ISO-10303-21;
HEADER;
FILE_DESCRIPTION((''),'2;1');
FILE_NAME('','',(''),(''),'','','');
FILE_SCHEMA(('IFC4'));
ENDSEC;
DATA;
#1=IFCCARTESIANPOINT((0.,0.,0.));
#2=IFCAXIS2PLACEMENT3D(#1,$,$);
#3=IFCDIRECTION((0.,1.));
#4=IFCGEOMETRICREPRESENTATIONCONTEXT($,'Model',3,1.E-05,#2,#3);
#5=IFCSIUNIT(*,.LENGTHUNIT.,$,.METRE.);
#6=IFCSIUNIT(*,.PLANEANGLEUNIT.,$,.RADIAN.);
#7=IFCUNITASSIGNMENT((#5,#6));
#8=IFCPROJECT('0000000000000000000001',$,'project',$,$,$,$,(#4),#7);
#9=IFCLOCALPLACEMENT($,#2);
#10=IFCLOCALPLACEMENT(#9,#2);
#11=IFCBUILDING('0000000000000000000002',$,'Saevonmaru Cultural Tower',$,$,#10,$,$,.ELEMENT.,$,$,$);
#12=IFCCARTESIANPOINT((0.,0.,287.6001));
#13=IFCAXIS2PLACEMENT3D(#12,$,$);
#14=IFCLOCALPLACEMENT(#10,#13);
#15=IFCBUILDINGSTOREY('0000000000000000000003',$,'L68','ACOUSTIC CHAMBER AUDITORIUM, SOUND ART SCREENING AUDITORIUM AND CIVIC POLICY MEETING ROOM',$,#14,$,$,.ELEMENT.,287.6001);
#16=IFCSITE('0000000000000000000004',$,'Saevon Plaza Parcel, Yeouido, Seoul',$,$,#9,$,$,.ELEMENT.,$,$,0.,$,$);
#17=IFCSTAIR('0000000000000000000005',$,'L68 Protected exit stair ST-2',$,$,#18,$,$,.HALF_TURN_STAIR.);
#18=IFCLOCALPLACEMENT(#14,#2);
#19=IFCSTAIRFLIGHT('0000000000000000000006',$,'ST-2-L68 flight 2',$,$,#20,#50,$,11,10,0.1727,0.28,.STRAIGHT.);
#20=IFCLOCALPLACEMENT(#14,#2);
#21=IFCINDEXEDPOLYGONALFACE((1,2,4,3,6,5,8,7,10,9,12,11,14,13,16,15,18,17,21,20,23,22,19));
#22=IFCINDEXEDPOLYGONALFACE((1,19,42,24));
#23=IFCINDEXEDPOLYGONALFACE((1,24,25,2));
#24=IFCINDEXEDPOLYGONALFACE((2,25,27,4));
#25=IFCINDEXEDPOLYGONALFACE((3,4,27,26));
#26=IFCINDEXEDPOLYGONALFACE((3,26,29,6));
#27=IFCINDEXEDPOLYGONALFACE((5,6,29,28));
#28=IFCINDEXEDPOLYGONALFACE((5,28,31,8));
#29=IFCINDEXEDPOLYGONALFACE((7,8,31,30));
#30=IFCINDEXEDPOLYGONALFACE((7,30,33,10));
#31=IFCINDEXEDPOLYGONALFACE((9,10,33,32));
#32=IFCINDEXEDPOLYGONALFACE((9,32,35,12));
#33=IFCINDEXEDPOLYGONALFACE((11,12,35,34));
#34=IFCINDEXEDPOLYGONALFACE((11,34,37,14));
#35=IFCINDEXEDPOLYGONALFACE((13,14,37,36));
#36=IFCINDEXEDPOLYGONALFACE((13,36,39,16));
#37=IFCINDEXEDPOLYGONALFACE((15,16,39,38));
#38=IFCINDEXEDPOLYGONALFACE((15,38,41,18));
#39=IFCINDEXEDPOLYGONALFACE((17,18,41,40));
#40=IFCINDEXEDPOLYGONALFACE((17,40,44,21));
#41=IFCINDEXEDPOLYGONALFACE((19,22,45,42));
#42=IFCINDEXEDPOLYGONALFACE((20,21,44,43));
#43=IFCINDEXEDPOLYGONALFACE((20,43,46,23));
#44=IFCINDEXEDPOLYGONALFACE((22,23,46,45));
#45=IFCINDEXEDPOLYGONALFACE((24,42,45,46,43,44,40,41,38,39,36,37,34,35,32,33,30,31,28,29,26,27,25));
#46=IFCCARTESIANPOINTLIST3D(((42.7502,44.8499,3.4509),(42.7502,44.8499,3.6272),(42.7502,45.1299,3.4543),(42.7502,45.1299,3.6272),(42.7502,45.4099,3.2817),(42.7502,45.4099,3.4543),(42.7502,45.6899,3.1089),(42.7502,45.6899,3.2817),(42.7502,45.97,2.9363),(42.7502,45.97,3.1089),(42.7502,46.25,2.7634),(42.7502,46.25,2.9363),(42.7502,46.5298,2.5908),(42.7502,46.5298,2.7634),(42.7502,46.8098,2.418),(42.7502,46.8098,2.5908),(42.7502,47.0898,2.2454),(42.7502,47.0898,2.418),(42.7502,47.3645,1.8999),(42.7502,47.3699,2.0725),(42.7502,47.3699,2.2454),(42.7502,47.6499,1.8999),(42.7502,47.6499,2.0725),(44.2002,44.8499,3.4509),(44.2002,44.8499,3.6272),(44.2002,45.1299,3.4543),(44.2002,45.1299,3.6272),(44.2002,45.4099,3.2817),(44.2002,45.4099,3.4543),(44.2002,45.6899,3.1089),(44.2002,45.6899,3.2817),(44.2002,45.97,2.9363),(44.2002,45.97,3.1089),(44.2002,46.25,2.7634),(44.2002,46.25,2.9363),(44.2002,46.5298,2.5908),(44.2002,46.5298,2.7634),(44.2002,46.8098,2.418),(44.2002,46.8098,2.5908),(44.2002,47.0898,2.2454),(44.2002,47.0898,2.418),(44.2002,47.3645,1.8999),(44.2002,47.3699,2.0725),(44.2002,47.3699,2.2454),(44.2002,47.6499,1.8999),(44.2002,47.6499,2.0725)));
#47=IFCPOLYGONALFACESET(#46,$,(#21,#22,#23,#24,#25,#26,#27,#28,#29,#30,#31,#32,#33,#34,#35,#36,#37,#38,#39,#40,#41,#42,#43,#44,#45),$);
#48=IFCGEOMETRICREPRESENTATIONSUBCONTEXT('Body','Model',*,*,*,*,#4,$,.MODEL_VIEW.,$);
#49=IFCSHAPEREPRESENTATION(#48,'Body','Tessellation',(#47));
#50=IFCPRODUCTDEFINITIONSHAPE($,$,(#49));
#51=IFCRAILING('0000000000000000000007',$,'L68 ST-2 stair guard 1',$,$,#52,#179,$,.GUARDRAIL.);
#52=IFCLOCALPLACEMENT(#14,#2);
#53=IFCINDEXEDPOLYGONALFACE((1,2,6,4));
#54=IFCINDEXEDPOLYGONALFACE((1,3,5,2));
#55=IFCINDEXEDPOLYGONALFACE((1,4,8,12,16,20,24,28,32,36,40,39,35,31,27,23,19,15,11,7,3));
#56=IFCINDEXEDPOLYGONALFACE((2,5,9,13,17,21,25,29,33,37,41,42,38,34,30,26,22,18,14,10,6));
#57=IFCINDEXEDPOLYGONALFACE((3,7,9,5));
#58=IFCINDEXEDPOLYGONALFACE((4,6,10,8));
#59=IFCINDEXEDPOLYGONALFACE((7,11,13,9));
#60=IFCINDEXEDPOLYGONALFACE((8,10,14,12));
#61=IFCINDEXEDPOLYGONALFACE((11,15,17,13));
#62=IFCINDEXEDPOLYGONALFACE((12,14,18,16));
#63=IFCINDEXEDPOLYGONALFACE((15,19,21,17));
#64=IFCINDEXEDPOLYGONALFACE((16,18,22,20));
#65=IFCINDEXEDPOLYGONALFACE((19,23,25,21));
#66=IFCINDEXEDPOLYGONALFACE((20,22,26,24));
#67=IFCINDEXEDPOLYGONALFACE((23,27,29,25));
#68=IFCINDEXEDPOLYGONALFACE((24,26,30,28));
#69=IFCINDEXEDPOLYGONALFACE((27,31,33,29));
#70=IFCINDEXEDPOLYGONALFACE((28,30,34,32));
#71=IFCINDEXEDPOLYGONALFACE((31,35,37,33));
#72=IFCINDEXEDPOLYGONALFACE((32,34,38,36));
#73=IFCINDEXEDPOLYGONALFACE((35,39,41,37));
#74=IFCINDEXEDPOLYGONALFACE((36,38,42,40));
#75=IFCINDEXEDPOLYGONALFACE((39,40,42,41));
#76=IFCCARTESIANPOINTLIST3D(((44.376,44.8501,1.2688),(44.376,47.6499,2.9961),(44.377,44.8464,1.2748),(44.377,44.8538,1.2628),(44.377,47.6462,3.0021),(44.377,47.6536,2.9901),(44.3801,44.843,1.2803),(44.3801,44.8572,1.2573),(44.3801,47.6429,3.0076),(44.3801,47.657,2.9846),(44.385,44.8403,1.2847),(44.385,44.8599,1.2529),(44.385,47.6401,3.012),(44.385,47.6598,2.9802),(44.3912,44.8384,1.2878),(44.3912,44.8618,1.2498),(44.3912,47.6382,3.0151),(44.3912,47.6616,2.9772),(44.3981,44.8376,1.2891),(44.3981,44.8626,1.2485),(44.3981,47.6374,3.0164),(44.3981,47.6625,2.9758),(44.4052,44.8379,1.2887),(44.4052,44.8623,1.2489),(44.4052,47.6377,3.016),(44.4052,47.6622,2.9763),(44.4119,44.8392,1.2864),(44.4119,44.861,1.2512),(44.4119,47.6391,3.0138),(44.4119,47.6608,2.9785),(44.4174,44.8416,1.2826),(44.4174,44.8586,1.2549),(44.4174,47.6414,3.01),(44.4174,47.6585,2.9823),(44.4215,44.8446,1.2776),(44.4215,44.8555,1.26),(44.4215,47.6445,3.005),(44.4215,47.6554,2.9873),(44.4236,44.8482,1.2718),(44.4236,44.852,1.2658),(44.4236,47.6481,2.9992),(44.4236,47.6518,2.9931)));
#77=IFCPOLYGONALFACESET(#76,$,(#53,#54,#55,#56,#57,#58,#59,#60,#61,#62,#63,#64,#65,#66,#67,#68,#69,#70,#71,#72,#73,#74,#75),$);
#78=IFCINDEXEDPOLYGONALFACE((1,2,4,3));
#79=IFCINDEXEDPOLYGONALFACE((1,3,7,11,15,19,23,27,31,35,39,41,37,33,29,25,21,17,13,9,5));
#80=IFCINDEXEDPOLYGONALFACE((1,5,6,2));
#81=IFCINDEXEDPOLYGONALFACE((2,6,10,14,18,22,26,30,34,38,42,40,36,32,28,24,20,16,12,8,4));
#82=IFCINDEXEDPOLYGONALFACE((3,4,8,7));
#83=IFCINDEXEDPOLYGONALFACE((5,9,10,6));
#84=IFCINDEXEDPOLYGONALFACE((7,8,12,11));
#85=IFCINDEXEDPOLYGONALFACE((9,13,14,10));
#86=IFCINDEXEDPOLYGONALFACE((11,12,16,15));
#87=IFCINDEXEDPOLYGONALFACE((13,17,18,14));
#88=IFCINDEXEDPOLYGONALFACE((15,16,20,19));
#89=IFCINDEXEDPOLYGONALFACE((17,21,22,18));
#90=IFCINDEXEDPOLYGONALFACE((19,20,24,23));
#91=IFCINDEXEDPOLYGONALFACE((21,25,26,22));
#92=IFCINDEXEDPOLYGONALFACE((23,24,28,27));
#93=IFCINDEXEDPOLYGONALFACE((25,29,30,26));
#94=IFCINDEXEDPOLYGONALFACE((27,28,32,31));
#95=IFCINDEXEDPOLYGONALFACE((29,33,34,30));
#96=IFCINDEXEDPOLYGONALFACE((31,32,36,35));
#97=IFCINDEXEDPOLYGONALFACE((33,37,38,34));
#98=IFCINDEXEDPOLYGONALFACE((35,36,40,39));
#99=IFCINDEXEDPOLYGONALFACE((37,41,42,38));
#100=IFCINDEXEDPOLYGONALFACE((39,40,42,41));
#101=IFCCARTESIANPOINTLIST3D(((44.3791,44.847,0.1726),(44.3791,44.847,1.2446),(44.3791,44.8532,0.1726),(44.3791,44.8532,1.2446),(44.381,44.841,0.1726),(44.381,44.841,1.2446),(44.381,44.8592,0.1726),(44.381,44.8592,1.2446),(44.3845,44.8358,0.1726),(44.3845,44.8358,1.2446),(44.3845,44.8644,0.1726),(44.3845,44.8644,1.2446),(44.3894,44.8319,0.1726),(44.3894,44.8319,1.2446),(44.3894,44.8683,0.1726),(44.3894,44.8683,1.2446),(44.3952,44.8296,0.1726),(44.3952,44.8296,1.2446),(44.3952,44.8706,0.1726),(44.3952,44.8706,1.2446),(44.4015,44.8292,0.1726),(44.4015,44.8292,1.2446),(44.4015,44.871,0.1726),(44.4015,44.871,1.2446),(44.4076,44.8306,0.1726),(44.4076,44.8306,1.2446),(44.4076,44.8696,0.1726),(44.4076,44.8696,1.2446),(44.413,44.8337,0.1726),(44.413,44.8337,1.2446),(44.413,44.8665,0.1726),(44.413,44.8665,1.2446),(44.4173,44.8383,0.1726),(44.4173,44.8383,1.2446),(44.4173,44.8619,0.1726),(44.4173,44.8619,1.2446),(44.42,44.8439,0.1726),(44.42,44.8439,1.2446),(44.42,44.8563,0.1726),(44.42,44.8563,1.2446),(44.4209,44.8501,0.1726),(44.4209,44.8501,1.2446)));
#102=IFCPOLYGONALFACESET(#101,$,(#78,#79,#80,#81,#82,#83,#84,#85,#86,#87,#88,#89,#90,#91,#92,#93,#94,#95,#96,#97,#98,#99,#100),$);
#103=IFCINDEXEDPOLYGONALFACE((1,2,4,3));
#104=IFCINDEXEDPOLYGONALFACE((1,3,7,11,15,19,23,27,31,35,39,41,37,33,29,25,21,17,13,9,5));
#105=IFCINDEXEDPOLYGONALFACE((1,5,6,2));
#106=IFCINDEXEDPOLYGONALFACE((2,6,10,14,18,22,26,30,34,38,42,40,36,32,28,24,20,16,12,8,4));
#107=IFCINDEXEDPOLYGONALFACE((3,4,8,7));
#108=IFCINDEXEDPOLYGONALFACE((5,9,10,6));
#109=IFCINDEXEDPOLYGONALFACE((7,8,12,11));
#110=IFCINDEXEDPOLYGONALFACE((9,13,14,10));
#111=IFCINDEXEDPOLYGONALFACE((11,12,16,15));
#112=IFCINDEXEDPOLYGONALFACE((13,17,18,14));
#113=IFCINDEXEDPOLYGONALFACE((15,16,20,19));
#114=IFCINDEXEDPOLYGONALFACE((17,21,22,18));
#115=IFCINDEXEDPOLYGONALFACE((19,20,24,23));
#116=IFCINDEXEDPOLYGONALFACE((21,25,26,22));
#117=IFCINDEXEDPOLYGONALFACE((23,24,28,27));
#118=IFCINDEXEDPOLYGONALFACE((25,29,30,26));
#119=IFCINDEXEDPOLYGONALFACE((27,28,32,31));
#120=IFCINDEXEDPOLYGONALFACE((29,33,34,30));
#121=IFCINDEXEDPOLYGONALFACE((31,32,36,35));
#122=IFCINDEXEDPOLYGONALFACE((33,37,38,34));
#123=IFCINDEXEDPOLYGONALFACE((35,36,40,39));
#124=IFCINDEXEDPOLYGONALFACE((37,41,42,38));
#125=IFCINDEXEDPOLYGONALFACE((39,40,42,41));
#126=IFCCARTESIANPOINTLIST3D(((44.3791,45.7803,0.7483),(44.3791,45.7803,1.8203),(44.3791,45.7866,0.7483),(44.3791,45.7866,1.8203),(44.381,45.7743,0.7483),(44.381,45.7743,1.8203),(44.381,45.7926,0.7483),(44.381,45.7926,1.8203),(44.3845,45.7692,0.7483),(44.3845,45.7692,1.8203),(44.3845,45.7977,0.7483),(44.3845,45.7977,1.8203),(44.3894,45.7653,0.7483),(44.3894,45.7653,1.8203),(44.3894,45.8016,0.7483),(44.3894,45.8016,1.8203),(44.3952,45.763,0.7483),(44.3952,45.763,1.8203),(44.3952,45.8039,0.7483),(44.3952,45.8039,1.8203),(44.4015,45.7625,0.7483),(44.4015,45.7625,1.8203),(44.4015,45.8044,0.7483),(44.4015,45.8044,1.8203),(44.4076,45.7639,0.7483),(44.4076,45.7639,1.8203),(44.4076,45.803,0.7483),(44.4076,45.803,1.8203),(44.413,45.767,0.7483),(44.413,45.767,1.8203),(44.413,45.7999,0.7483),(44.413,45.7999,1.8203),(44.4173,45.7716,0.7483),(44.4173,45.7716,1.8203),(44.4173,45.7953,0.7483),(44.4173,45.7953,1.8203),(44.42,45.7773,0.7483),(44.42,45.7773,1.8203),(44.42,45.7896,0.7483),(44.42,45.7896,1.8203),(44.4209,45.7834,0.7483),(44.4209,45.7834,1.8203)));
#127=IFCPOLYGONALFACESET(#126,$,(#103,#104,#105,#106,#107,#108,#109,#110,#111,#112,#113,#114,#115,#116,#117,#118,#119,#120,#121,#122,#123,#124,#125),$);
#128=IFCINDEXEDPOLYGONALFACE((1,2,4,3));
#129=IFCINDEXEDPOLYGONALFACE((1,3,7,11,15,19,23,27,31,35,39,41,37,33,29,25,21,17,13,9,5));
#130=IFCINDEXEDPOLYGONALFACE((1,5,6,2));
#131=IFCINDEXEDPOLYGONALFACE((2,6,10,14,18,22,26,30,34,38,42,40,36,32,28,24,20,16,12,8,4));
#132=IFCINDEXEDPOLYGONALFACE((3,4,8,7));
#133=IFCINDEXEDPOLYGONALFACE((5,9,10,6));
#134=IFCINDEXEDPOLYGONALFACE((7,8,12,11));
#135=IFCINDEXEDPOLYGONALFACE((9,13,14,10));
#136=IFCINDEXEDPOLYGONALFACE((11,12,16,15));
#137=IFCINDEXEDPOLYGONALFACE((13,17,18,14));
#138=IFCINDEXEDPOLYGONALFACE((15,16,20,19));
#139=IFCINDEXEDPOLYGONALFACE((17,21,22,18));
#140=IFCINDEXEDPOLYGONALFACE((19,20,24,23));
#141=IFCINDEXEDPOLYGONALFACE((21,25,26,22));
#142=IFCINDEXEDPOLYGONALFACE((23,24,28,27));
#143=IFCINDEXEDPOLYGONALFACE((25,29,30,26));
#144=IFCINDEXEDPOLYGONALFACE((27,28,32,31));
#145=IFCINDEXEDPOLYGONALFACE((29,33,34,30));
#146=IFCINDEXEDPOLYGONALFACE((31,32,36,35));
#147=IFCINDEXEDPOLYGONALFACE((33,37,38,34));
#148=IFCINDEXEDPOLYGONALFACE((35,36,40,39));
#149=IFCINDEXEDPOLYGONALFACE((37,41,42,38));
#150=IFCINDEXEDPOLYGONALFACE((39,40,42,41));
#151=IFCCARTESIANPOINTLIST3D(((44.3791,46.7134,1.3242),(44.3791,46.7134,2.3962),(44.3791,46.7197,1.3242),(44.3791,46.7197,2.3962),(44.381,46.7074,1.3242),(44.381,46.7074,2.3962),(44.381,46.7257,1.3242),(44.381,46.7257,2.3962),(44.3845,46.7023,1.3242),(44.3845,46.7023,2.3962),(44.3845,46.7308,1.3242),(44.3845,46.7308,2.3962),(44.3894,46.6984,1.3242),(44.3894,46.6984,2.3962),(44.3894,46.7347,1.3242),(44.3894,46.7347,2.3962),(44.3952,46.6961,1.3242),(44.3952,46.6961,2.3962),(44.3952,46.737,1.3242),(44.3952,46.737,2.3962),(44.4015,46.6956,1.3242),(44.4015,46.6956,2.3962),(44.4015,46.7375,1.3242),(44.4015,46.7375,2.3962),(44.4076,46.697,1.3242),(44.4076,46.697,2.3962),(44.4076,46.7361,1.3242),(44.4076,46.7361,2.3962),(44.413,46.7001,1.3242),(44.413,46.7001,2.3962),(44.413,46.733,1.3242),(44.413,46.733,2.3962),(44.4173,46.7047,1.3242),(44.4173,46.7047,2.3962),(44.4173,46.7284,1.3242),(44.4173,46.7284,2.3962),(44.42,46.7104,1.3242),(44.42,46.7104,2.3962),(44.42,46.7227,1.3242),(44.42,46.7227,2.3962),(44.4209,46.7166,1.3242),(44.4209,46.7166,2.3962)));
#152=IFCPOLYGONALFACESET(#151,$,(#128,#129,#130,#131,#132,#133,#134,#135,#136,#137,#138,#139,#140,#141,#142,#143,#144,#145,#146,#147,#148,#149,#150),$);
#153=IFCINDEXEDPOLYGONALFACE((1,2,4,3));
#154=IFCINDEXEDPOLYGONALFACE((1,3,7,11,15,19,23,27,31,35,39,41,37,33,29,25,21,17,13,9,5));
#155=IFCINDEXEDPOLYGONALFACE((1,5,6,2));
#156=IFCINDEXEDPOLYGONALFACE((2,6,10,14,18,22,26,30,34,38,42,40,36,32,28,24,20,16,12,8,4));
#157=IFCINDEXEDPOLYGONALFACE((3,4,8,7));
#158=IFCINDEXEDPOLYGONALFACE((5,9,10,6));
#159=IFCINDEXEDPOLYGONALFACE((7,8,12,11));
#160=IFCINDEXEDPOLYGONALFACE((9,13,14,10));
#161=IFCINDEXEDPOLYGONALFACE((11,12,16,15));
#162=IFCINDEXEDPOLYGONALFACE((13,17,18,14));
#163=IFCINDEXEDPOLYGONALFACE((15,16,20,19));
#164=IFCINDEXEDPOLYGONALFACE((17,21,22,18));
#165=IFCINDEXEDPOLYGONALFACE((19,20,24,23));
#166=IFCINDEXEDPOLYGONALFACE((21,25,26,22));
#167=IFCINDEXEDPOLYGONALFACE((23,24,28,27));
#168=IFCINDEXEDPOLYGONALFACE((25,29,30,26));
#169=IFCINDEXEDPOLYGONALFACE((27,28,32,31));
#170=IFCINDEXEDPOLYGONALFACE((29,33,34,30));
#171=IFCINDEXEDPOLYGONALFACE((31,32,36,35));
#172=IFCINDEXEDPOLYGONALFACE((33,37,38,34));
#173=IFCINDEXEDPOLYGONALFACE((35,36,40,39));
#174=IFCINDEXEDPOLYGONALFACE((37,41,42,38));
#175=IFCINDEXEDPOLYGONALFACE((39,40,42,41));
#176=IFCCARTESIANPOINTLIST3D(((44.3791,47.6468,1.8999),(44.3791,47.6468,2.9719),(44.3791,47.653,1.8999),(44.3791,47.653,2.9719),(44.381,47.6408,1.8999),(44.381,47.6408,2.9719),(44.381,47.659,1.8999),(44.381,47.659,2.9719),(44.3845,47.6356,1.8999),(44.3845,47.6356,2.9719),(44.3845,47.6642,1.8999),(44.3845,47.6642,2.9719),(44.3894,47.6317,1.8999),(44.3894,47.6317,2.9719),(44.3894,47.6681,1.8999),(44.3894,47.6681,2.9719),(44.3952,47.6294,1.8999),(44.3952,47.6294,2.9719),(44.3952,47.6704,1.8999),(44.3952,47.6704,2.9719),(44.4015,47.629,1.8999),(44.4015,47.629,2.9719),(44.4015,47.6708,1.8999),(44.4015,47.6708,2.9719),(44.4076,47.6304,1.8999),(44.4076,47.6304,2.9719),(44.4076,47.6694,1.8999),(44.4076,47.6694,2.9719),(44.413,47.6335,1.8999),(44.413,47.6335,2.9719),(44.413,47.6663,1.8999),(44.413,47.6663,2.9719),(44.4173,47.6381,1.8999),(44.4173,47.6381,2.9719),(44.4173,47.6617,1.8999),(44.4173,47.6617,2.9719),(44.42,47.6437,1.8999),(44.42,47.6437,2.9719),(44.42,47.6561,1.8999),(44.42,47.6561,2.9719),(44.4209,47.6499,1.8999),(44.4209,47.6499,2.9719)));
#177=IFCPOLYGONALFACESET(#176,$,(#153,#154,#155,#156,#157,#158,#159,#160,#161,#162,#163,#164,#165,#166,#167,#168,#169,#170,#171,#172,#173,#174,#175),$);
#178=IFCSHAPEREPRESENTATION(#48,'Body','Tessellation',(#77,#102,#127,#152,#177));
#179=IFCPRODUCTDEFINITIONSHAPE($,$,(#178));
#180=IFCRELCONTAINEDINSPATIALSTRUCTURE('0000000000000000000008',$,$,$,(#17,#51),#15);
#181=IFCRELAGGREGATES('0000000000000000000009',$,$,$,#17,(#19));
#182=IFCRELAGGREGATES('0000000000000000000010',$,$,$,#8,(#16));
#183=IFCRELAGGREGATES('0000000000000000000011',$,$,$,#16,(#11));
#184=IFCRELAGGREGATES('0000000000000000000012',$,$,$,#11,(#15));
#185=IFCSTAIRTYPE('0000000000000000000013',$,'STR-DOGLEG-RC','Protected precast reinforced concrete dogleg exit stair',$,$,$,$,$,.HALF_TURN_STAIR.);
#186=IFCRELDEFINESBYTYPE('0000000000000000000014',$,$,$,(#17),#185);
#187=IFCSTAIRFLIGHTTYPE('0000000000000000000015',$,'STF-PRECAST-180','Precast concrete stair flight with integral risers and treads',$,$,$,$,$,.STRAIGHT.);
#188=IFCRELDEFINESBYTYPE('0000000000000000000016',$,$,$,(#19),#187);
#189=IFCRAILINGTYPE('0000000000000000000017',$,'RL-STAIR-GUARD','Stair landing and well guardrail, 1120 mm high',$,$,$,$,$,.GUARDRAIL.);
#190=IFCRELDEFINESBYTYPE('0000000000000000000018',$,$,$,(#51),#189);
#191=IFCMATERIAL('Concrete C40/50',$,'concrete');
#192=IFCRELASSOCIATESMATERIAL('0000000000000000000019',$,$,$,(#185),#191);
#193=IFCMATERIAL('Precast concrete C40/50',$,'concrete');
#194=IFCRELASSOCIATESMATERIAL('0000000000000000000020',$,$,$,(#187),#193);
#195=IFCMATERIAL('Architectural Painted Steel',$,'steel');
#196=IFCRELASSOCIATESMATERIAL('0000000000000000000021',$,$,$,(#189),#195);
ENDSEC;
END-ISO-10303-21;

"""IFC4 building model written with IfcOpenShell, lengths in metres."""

from ifc_helpers import new_model, si_unit, direction, frame, origin, origin_2d, place, context, subcontext, project, spatial, polyline, circle, outline, extrude, material, type_object, element, aggregate, save


model = new_model("IFC4")

# Units and contexts
model_context = context("Model", 3, precision=1e-05, world=origin(), true_north=direction((0.0, 1.0)))
body_context = subcontext(model_context, "Body", "Model", "MODEL_VIEW")
ifc_project = project(units=[si_unit("LENGTHUNIT", "METRE"), si_unit("PLANEANGLEUNIT", "RADIAN")], contexts=[model_context])

# Site, building, storey
site_placement = place(None, origin())
site = spatial("IfcSite", under=ifc_project, at=site_placement, Name="Saevon Plaza Parcel, Yeouido, Seoul", CompositionType="ELEMENT", RefElevation=0.0)
building_placement = place(site_placement, origin())
building = spatial("IfcBuilding", under=site, at=building_placement, Name="Saevonmaru Cultural Tower", CompositionType="ELEMENT")
storey_placement = place(building_placement, frame((0.0, 0.0, 287.6001)))
storey = spatial("IfcBuildingStorey", under=building, at=storey_placement, Name="L68", Description="ACOUSTIC CHAMBER AUDITORIUM, SOUND ART SCREENING AUDITORIUM AND CIVIC POLICY MEETING ROOM", CompositionType="ELEMENT", Elevation=287.6001)

# Shared definitions
ifc_material_1 = material(Name="Concrete C40/50", Category="concrete")

# Stair, stair flight
stair_type = type_object("IfcStairType", Name="STR-DOGLEG-RC", Description="Protected precast reinforced concrete dogleg exit stair", PredefinedType="HALF_TURN_STAIR", material=ifc_material_1)
stair_placement = place(storey_placement, origin())
stair = element("IfcStair", 1, at=stair_placement, inside=storey, type_object=stair_type, Name="L68 Protected exit stair ST-2", PredefinedType="HALF_TURN_STAIR")
ifc_material_2 = material(Name="Precast concrete C40/50", Category="concrete")
stair_flight_type = type_object("IfcStairFlightType", Name="STF-PRECAST-180", Description="Precast concrete stair flight with integral risers and treads", PredefinedType="STRAIGHT", material=ifc_material_2)
stair_flight_placement = place(storey_placement, frame((43.4751, 47.6499, 1.8999), z_axis=(0.0, 0.0, 1.0), x_axis=(0.0, -1.0, 0.0)))
stair_flight = element("IfcStairFlight", 2, at=stair_flight_placement, type_object=stair_flight_type, Name="ST-2-L68 flight 2", NumberOfRisers=11, NumberOfTreads=10, PredefinedType="STRAIGHT", RiserHeight=0.1727, TreadLength=0.28, context=body_context, shape_type="SweptSolid", body=[
    extrude(outline(polyline([(0.0, 0.0), (0.0, 0.1726), (0.28, 0.1726), (0.28, 0.3455), (0.5601, 0.3455), (0.5601, 0.5181), (0.8401, 0.5181), (0.8401, 0.6909), (1.1201, 0.6909), (1.1201, 0.8635), (1.3999, 0.8635), (1.3999, 1.0364), (1.6799, 1.0364), (1.6799, 1.209), (1.96, 1.209), (1.96, 1.3818), (2.24, 1.3818), (2.24, 1.5544), (2.52, 1.5544), (2.52, 1.7273), (2.8, 1.7273), (2.8, 1.8999), (2.8, 1.551), (0.2854, 0.0), (0.0, 0.0)])), frame((0.0, 0.7251, 0.0), z_axis=(0.0, -1.0, 0.0), x_axis=(1.0, 0.0, 0.0)), (0.0, 0.0, 1.0), 1.45),
])
aggregate(stair, [stair_flight])

# Railing
ifc_material_3 = material(Name="Architectural Painted Steel", Category="steel")
railing_type_1 = type_object("IfcRailingType", Name="RL-STAIR-GUARD", Description="Stair landing and well guardrail, 1120 mm high", PredefinedType="GUARDRAIL", material=ifc_material_3)
railing_1_placement = place(storey_placement, frame((44.3999, 44.8501, 0.1726)))
element("IfcRailing", 3, at=railing_1_placement, inside=storey, type_object=railing_type_1, Name="L68 ST-2 stair guard 1", PredefinedType="GUARDRAIL", context=body_context, shape_type="SweptSolid", body=[
    extrude(circle(Radius=0.0239, at=origin_2d()), frame((0.0, 0.0, 1.0962), z_axis=(0.0, 0.851069, 0.525054), x_axis=(-1.0, 0.0, 0.0)), (0.0, 0.0, 1.0), 3.2898),
    extrude(circle(Radius=0.021, at=origin_2d()), origin(), (0.0, 0.0, 1.0), 1.072),
    extrude(circle(Radius=0.021, at=origin_2d()), frame((0.0, 0.9333, 0.5757)), (0.0, 0.0, 1.0), 1.072),
    extrude(circle(Radius=0.021, at=origin_2d()), frame((0.0, 1.8665, 1.1516)), (0.0, 0.0, 1.0), 1.072),
    extrude(circle(Radius=0.021, at=origin_2d()), frame((0.0, 2.7998, 1.7273)), (0.0, 0.0, 1.0), 1.072),
])

save(model, "model.ifc")
